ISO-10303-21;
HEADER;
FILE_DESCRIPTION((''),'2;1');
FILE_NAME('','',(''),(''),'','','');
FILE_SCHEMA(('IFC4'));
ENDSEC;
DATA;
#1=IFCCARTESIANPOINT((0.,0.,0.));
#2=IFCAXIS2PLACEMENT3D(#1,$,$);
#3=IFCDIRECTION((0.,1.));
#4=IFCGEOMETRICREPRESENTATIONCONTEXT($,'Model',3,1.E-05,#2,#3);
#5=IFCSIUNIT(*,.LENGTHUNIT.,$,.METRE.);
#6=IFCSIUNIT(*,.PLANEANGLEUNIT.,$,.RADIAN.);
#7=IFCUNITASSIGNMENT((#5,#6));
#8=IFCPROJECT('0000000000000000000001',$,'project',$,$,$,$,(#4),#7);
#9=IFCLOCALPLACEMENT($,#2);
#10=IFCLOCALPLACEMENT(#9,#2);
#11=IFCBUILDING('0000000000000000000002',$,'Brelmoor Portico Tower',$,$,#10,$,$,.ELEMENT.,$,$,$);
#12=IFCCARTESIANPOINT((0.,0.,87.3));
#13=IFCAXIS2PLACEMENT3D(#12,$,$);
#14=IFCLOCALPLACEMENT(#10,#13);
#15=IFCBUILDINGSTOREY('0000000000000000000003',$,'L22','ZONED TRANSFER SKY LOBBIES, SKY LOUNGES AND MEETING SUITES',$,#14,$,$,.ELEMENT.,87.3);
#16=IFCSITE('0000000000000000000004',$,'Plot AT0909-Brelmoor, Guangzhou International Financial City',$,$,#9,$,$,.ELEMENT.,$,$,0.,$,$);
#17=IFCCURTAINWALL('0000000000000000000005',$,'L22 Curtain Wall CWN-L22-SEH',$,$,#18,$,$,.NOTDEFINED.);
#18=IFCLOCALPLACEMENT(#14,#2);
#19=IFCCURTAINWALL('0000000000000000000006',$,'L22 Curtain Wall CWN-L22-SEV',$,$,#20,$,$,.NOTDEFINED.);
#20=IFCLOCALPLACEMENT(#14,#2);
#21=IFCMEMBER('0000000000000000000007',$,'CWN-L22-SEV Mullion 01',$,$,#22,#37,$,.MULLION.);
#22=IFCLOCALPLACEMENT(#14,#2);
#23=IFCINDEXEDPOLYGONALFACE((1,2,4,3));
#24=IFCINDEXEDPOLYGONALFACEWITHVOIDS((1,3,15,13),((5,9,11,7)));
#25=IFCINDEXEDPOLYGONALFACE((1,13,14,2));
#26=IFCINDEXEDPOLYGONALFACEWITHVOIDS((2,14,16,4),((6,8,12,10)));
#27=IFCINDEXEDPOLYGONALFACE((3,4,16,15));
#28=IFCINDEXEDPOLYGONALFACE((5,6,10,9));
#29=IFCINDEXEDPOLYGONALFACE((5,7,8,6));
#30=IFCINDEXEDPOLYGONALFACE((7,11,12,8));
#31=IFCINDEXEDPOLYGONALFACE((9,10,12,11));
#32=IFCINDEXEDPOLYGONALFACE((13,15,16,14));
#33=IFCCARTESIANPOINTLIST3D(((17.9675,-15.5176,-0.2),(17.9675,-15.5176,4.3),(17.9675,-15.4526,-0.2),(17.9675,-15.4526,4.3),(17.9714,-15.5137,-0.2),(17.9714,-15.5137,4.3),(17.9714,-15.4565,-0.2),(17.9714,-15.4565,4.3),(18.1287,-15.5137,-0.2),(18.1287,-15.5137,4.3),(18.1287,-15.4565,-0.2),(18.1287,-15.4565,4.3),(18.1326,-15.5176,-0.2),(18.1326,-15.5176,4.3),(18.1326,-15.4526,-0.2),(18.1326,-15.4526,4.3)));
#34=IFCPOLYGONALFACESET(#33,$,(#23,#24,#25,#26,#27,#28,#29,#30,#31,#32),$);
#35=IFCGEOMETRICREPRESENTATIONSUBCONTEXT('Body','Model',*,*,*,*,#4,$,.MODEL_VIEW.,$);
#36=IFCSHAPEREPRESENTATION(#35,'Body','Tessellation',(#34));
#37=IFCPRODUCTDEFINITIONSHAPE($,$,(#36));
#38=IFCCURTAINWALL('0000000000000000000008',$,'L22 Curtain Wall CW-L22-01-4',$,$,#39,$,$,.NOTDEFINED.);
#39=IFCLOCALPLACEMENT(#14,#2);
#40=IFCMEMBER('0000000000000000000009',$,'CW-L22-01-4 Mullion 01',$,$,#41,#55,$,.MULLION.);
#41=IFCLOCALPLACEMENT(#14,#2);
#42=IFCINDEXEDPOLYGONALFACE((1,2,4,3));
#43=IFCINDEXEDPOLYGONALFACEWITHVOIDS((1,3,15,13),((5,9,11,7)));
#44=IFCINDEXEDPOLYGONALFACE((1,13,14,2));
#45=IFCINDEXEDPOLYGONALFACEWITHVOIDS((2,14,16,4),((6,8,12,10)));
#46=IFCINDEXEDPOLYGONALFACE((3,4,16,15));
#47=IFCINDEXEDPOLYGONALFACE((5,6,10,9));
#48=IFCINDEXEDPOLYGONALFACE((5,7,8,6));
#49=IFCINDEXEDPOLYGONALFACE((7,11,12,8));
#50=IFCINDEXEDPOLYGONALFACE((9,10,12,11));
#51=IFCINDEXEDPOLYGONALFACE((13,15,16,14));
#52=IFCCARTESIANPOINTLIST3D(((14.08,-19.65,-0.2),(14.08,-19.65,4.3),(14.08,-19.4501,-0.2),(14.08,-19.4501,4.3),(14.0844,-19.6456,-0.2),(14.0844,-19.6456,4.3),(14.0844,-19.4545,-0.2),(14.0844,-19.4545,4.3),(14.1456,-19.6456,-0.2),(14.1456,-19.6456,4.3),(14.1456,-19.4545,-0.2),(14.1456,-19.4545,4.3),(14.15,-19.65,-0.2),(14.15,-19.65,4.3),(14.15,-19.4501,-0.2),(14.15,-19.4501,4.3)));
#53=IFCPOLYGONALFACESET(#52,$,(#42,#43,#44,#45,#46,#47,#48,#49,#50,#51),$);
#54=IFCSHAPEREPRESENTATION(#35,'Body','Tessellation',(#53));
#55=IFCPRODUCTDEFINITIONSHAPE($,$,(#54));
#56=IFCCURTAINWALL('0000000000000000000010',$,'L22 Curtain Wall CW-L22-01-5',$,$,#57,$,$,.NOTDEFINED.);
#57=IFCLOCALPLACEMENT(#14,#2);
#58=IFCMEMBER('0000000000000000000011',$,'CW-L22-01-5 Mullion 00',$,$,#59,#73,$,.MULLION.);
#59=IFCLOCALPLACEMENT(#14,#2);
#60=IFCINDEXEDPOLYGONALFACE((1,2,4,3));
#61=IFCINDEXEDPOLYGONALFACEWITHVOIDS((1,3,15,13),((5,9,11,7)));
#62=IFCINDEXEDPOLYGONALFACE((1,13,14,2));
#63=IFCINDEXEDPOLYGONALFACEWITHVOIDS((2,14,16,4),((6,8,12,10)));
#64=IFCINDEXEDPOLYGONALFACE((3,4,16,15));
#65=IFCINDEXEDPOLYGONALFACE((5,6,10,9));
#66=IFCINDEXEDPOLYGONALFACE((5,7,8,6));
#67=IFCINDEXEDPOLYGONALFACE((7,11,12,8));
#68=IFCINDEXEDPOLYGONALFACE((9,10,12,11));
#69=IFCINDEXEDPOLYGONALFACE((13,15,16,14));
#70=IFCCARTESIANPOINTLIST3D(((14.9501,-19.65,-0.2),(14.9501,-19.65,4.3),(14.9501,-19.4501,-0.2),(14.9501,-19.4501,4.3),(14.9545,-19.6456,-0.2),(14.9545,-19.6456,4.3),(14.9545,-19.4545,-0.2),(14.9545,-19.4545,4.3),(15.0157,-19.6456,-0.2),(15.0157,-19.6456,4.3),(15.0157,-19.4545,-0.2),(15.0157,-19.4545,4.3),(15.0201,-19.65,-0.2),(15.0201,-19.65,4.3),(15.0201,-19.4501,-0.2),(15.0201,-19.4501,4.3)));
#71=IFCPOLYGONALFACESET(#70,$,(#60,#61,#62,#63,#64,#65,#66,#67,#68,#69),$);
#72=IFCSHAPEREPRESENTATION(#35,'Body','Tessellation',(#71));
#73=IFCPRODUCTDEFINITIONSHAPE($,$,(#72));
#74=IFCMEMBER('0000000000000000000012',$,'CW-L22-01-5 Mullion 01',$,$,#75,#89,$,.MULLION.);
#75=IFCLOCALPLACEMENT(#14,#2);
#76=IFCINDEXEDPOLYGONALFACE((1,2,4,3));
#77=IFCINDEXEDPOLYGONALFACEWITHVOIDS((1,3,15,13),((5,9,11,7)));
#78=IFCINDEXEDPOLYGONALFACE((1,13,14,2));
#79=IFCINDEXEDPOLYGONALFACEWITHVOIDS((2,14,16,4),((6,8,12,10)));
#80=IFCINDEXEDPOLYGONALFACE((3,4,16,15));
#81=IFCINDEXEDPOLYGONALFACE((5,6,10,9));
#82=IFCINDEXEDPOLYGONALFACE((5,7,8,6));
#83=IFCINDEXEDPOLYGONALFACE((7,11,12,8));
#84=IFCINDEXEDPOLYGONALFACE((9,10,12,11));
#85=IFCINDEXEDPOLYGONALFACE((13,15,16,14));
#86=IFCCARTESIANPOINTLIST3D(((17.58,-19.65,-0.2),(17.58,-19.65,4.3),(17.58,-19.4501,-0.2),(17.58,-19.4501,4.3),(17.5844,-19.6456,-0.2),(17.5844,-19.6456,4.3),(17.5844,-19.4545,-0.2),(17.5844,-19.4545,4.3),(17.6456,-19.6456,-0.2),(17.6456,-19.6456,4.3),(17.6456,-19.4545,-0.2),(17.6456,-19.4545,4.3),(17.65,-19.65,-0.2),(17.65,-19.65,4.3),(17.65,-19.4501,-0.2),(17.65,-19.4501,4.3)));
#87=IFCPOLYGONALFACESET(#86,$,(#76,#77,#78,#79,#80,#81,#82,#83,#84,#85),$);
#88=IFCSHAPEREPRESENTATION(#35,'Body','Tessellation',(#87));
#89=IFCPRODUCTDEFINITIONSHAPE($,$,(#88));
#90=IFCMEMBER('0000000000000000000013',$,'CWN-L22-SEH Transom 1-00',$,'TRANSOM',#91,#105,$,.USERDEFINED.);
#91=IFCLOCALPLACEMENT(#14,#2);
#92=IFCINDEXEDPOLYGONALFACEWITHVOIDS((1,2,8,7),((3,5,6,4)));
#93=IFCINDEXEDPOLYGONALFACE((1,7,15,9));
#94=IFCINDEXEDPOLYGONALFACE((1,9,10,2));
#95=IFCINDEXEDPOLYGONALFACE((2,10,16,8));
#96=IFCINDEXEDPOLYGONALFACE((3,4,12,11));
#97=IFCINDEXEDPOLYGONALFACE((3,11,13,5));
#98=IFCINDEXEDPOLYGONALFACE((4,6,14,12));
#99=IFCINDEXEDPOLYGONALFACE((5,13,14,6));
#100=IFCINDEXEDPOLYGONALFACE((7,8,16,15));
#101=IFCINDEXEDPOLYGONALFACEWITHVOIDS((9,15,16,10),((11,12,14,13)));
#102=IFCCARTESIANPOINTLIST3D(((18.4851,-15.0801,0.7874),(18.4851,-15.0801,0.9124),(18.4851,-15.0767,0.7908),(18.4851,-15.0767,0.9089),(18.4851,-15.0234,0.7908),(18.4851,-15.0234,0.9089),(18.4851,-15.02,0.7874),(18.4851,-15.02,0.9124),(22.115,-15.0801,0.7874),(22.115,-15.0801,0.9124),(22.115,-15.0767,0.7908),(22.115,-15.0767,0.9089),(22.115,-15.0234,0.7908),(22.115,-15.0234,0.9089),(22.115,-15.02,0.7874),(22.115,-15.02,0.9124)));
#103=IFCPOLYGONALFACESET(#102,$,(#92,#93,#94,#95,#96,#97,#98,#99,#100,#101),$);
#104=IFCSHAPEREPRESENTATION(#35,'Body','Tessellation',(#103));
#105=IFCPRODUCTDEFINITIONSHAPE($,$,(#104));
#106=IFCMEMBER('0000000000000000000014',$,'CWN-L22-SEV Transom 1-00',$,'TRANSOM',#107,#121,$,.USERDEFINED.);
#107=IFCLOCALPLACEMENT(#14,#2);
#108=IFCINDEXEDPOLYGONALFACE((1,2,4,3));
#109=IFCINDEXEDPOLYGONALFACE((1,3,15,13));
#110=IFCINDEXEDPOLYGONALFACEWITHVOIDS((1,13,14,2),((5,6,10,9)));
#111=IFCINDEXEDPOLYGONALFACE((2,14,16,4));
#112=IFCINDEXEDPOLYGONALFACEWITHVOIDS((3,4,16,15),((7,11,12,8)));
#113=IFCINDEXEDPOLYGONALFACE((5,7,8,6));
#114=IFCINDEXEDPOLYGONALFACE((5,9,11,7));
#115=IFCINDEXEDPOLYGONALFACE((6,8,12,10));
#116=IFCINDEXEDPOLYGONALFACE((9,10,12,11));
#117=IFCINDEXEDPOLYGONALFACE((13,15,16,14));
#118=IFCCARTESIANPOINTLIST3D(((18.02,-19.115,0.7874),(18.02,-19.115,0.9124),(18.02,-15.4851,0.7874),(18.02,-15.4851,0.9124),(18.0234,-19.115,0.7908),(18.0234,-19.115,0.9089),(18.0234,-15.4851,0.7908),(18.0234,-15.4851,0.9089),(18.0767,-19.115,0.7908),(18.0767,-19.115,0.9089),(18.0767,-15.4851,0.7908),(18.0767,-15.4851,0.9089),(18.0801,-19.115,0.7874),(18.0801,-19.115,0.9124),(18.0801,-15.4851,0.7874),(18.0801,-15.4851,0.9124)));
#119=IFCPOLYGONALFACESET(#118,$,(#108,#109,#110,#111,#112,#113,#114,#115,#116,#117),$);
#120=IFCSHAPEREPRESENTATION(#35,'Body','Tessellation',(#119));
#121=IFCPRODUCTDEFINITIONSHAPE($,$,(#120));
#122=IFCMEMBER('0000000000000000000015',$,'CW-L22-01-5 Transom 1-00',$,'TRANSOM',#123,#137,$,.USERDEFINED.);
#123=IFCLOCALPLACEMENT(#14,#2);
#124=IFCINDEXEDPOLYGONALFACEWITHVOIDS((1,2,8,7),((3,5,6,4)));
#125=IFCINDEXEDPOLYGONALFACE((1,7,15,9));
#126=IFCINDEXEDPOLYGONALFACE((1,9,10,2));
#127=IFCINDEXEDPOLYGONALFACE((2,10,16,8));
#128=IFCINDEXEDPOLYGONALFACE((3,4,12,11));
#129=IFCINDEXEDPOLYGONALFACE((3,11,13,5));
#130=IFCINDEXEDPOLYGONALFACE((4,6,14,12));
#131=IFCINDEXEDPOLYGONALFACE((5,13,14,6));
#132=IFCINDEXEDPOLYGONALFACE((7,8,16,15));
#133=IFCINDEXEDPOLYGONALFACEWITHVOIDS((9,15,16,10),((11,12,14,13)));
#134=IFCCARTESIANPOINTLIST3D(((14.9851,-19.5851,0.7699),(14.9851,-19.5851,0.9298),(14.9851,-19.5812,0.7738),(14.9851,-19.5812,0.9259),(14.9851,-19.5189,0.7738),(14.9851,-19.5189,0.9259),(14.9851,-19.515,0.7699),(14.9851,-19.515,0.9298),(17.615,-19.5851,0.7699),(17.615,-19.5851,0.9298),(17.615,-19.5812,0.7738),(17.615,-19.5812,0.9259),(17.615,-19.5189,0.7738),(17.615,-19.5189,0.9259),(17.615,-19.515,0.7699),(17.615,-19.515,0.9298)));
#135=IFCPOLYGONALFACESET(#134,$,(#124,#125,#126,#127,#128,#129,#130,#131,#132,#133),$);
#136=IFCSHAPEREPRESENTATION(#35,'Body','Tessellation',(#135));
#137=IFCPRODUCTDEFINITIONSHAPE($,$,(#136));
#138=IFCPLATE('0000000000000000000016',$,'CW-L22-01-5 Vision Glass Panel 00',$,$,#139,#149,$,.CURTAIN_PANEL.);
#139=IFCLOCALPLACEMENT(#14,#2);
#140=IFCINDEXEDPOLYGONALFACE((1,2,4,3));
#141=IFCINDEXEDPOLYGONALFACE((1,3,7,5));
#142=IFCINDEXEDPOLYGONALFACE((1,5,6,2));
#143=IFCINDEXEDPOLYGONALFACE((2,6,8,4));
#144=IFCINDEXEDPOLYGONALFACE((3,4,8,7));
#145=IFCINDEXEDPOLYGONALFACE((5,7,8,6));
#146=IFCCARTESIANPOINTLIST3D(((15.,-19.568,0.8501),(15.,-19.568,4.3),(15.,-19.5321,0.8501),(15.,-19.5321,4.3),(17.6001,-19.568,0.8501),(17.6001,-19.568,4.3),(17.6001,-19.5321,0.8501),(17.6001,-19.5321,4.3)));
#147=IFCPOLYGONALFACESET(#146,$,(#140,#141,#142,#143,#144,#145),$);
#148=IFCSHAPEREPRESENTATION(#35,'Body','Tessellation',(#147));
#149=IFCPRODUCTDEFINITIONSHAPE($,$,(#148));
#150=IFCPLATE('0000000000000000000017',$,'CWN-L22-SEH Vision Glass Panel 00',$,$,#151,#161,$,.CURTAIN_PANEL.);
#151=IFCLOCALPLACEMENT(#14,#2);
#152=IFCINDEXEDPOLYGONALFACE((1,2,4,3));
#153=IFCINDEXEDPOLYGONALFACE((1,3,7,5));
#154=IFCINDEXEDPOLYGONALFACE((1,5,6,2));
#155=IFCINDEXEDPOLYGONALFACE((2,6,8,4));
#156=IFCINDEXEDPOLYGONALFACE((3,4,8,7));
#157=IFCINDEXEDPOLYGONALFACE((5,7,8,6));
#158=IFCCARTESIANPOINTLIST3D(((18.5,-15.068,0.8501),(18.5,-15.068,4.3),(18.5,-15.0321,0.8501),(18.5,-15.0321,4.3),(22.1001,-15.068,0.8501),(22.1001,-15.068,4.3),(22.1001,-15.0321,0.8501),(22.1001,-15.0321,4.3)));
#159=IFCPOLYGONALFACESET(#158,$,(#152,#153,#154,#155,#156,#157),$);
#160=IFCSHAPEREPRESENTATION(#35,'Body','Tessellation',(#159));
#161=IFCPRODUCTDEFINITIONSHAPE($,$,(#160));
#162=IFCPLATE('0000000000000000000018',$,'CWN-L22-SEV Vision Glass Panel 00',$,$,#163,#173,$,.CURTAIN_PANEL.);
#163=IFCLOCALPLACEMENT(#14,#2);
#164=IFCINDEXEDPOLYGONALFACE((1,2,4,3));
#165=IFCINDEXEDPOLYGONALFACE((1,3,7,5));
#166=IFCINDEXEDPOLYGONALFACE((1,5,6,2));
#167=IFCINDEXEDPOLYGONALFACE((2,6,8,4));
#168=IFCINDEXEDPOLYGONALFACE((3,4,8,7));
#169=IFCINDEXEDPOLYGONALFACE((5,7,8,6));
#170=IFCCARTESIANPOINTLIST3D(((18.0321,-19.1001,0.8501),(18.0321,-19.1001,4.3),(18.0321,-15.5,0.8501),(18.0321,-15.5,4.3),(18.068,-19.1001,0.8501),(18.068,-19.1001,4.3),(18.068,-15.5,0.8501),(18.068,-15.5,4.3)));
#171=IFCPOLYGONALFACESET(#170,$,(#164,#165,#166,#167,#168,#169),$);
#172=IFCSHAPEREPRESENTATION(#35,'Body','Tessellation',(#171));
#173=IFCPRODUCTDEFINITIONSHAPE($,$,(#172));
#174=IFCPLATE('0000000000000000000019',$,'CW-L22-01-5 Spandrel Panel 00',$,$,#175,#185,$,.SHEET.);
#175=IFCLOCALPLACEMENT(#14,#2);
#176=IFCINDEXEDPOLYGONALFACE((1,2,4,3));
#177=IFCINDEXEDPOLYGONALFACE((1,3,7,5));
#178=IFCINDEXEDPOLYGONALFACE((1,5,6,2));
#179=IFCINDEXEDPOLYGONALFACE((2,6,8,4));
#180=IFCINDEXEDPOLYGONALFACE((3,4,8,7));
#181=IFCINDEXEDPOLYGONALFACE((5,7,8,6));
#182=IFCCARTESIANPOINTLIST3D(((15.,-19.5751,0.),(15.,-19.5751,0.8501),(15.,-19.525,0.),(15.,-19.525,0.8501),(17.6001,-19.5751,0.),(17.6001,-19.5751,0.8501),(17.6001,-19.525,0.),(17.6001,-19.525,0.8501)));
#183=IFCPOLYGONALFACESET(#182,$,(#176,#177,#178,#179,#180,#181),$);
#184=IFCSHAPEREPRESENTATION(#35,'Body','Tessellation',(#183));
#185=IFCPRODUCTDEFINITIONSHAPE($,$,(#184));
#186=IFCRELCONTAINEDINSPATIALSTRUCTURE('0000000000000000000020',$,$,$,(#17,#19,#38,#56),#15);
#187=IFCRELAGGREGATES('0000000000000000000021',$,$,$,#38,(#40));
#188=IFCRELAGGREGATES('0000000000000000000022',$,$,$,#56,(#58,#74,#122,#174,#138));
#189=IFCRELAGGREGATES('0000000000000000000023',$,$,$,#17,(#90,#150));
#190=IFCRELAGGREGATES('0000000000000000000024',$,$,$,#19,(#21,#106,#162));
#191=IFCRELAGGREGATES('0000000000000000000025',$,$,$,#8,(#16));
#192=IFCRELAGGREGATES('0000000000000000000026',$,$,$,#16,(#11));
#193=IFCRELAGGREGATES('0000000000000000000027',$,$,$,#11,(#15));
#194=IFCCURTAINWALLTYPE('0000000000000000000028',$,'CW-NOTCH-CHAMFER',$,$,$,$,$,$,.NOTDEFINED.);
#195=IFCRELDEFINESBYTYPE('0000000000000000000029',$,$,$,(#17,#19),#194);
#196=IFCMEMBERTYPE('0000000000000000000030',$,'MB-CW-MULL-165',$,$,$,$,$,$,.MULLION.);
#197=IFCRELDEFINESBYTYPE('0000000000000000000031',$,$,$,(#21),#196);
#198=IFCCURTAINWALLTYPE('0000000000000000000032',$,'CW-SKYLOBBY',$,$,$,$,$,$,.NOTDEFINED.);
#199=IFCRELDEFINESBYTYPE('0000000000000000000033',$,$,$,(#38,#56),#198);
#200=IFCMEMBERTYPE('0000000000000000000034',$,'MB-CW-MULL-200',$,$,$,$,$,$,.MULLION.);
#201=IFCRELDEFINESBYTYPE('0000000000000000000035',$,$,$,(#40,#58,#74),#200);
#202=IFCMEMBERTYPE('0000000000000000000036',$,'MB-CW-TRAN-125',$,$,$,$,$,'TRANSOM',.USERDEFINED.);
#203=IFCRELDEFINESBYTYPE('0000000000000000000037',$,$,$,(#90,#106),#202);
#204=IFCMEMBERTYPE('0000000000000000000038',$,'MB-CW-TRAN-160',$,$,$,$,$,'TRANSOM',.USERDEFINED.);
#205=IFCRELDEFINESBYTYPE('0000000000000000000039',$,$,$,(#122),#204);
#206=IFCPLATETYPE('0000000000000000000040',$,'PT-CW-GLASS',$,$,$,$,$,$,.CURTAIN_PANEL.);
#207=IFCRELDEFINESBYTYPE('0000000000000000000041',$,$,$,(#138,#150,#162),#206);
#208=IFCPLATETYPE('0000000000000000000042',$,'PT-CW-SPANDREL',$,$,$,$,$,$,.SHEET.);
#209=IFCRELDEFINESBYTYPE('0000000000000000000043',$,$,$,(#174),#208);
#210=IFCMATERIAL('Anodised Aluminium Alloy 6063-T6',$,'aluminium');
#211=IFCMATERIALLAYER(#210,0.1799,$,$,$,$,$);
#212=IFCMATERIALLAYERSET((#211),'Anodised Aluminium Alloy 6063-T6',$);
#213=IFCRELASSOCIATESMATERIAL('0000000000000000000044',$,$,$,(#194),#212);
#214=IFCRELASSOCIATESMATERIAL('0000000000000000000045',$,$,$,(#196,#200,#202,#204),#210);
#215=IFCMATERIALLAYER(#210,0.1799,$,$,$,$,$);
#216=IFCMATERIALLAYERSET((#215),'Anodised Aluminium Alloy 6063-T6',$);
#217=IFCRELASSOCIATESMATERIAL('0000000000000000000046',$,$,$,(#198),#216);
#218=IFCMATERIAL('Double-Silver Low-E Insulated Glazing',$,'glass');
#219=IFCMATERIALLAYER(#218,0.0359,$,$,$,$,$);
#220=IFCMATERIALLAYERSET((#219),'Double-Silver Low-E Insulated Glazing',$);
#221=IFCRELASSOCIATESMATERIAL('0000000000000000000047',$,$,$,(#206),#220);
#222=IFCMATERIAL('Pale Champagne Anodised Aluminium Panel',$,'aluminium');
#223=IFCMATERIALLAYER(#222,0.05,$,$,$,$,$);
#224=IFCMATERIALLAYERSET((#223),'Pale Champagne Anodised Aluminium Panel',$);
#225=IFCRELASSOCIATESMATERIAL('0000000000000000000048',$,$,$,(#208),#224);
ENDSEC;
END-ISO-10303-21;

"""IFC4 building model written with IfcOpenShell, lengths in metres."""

from ifc_helpers import new_model, si_unit, direction, frame, origin, origin_2d, place, context, subcontext, project, spatial, rectangle, hollow_rectangle, extrude, material, layer, layer_set, material_profile, profile_set, type_object, element, aggregate, save


model = new_model("IFC4")

# Units and contexts
model_context = context("Model", 3, precision=1e-05, world=origin(), true_north=direction((0.0, 1.0)))
body_context = subcontext(model_context, "Body", "Model", "MODEL_VIEW")
ifc_project = project(units=[si_unit("LENGTHUNIT", "METRE"), si_unit("PLANEANGLEUNIT", "RADIAN")], contexts=[model_context])

# Site, building, storey
site_placement = place(None, origin())
site = spatial("IfcSite", under=ifc_project, at=site_placement, Name="Plot AT0909-Brelmoor, Guangzhou International Financial City", CompositionType="ELEMENT", RefElevation=0.0)
building_placement = place(site_placement, origin())
building = spatial("IfcBuilding", under=site, at=building_placement, Name="Brelmoor Portico Tower", CompositionType="ELEMENT")
storey_placement = place(building_placement, frame((0.0, 0.0, 87.3)))
storey = spatial("IfcBuildingStorey", under=building, at=storey_placement, Name="L22", Description="ZONED TRANSFER SKY LOBBIES, SKY LOUNGES AND MEETING SUITES", CompositionType="ELEMENT", Elevation=87.3)

# Curtain walls, member
ifc_material_1 = material(Name="Anodised Aluminium Alloy 6063-T6", Category="aluminium")
ifc_layer_1 = layer(ifc_material_1, 0.1799)
ifc_layer_set_1 = layer_set([ifc_layer_1], Name="Anodised Aluminium Alloy 6063-T6")
curtain_wall_type_1 = type_object("IfcCurtainWallType", Name="CW-NOTCH-CHAMFER", PredefinedType="NOTDEFINED", material=ifc_layer_set_1)
curtain_wall_1_placement = place(storey_placement, origin())
curtain_wall_1 = element("IfcCurtainWall", 1, at=curtain_wall_1_placement, inside=storey, type_object=curtain_wall_type_1, Name="L22 Curtain Wall CWN-L22-SEH", PredefinedType="NOTDEFINED")
ifc_material_profile_1 = material_profile(ifc_material_1, hollow_rectangle(XDim=0.0649, YDim=0.165, WallThickness=0.0039, at=origin_2d()), Name="ALU MULLION 65x165")
ifc_profile_set_1 = profile_set([ifc_material_profile_1], Name="Anodised Aluminium Alloy 6063-T6")
member_type_1 = type_object("IfcMemberType", Name="MB-CW-MULL-165", PredefinedType="MULLION", material=ifc_profile_set_1)
curtain_wall_2_placement = place(storey_placement, origin())
curtain_wall_2 = element("IfcCurtainWall", 2, at=curtain_wall_2_placement, inside=storey, type_object=curtain_wall_type_1, Name="L22 Curtain Wall CWN-L22-SEV", PredefinedType="NOTDEFINED")
member_1_placement = place(storey_placement, frame((18.05, -15.4851, -0.2), z_axis=(0.0, 0.0, 1.0), x_axis=(0.0, 1.0, 0.0)))
member_1 = element("IfcMember", 3, at=member_1_placement, type_object=member_type_1, Name="CWN-L22-SEV Mullion 01", PredefinedType="MULLION", context=body_context, shape_type="SweptSolid", body=[
    extrude(hollow_rectangle(XDim=0.0649, YDim=0.165, WallThickness=0.0039, at=origin_2d()), origin(), (0.0, 0.0, 1.0), 4.5),
])

# Curtain wall, member
ifc_layer_2 = layer(ifc_material_1, 0.1799)
ifc_layer_set_2 = layer_set([ifc_layer_2], Name="Anodised Aluminium Alloy 6063-T6")
curtain_wall_type_2 = type_object("IfcCurtainWallType", Name="CW-SKYLOBBY", PredefinedType="NOTDEFINED", material=ifc_layer_set_2)
curtain_wall_3_placement = place(storey_placement, origin())
curtain_wall_3 = element("IfcCurtainWall", 4, at=curtain_wall_3_placement, inside=storey, type_object=curtain_wall_type_2, Name="L22 Curtain Wall CW-L22-01-4", PredefinedType="NOTDEFINED")
ifc_material_profile_2 = material_profile(ifc_material_1, hollow_rectangle(XDim=0.0701, YDim=0.2, WallThickness=0.0044, at=origin_2d()), Name="ALU MULLION 70x200")
ifc_profile_set_2 = profile_set([ifc_material_profile_2], Name="Anodised Aluminium Alloy 6063-T6")
member_type_2 = type_object("IfcMemberType", Name="MB-CW-MULL-200", PredefinedType="MULLION", material=ifc_profile_set_2)
member_2_placement = place(storey_placement, frame((14.115, -19.55, -0.2), z_axis=(0.0, 0.0, 1.0), x_axis=(1.0, 0.0, 0.0)))
member_2 = element("IfcMember", 5, at=member_2_placement, type_object=member_type_2, Name="CW-L22-01-4 Mullion 01", PredefinedType="MULLION", context=body_context, shape_type="SweptSolid", body=[
    extrude(hollow_rectangle(XDim=0.0701, YDim=0.2, WallThickness=0.0044, at=origin_2d()), origin(), (0.0, 0.0, 1.0), 4.5),
])
aggregate(curtain_wall_3, [member_2])

# Curtain wall, members
curtain_wall_4_placement = place(storey_placement, origin())
curtain_wall_4 = element("IfcCurtainWall", 6, at=curtain_wall_4_placement, inside=storey, type_object=curtain_wall_type_2, Name="L22 Curtain Wall CW-L22-01-5", PredefinedType="NOTDEFINED")
member_3_placement = place(storey_placement, frame((14.9851, -19.55, -0.2), z_axis=(0.0, 0.0, 1.0), x_axis=(1.0, 0.0, 0.0)))
member_3 = element("IfcMember", 7, at=member_3_placement, type_object=member_type_2, Name="CW-L22-01-5 Mullion 00", PredefinedType="MULLION", context=body_context, shape_type="SweptSolid", body=[
    extrude(hollow_rectangle(XDim=0.0701, YDim=0.2, WallThickness=0.0044, at=origin_2d()), origin(), (0.0, 0.0, 1.0), 4.5),
])
member_4_placement = place(storey_placement, frame((17.615, -19.55, -0.2), z_axis=(0.0, 0.0, 1.0), x_axis=(1.0, 0.0, 0.0)))
member_4 = element("IfcMember", 8, at=member_4_placement, type_object=member_type_2, Name="CW-L22-01-5 Mullion 01", PredefinedType="MULLION", context=body_context, shape_type="SweptSolid", body=[
    extrude(hollow_rectangle(XDim=0.0701, YDim=0.2, WallThickness=0.0044, at=origin_2d()), origin(), (0.0, 0.0, 1.0), 4.5),
])

# Members
ifc_material_profile_3 = material_profile(ifc_material_1, hollow_rectangle(XDim=0.0601, YDim=0.125, WallThickness=0.0034, at=origin_2d()), Name="ALU TRANSOM 60x125")
ifc_profile_set_3 = profile_set([ifc_material_profile_3], Name="Anodised Aluminium Alloy 6063-T6")
member_type_3 = type_object("IfcMemberType", Name="MB-CW-TRAN-125", ElementType="TRANSOM", PredefinedType="USERDEFINED", material=ifc_profile_set_3)
member_5_placement = place(storey_placement, frame((18.4851, -15.05, 0.8499), z_axis=(1.0, 0.0, 0.0), x_axis=(0.0, 1.0, 0.0)))
member_5 = element("IfcMember", 9, at=member_5_placement, type_object=member_type_3, Name="CWN-L22-SEH Transom 1-00", ObjectType="TRANSOM", PredefinedType="USERDEFINED", context=body_context, shape_type="SweptSolid", body=[
    extrude(hollow_rectangle(XDim=0.0601, YDim=0.125, WallThickness=0.0034, at=origin_2d()), origin(), (0.0, 0.0, 1.0), 3.6299),
])
member_6_placement = place(storey_placement, frame((18.05, -19.115, 0.8499), z_axis=(0.0, 1.0, 0.0), x_axis=(-1.0, 0.0, 0.0)))
member_6 = element("IfcMember", 10, at=member_6_placement, type_object=member_type_3, Name="CWN-L22-SEV Transom 1-00", ObjectType="TRANSOM", PredefinedType="USERDEFINED", context=body_context, shape_type="SweptSolid", body=[
    extrude(hollow_rectangle(XDim=0.0601, YDim=0.125, WallThickness=0.0034, at=origin_2d()), origin(), (0.0, 0.0, 1.0), 3.6299),
])
ifc_material_profile_4 = material_profile(ifc_material_1, hollow_rectangle(XDim=0.0701, YDim=0.1599, WallThickness=0.0039, at=origin_2d()), Name="ALU TRANSOM 70x160")
ifc_profile_set_4 = profile_set([ifc_material_profile_4], Name="Anodised Aluminium Alloy 6063-T6")
member_type_4 = type_object("IfcMemberType", Name="MB-CW-TRAN-160", ElementType="TRANSOM", PredefinedType="USERDEFINED", material=ifc_profile_set_4)
member_7_placement = place(storey_placement, frame((14.9851, -19.55, 0.8499), z_axis=(1.0, 0.0, 0.0), x_axis=(0.0, 1.0, 0.0)))
member_7 = element("IfcMember", 11, at=member_7_placement, type_object=member_type_4, Name="CW-L22-01-5 Transom 1-00", ObjectType="TRANSOM", PredefinedType="USERDEFINED", context=body_context, shape_type="SweptSolid", body=[
    extrude(hollow_rectangle(XDim=0.0701, YDim=0.1599, WallThickness=0.0039, at=origin_2d()), origin(), (0.0, 0.0, 1.0), 2.6299),
])

# Plates
ifc_material_2 = material(Name="Double-Silver Low-E Insulated Glazing", Category="glass")
ifc_layer_3 = layer(ifc_material_2, 0.0359)
ifc_layer_set_3 = layer_set([ifc_layer_3], Name="Double-Silver Low-E Insulated Glazing")
plate_type_1 = type_object("IfcPlateType", Name="PT-CW-GLASS", PredefinedType="CURTAIN_PANEL", material=ifc_layer_set_3)
plate_1_placement = place(storey_placement, frame((16.3, -19.55, 0.8501), z_axis=(0.0, 0.0, 1.0), x_axis=(1.0, 0.0, 0.0)))
plate_1 = element("IfcPlate", 12, at=plate_1_placement, type_object=plate_type_1, Name="CW-L22-01-5 Vision Glass Panel 00", PredefinedType="CURTAIN_PANEL", context=body_context, shape_type="SweptSolid", body=[
    extrude(rectangle(XDim=2.6001, YDim=0.0359, at=origin_2d()), origin(), (0.0, 0.0, 1.0), 3.45),
])
plate_2_placement = place(storey_placement, frame((20.3, -15.05, 0.8501), z_axis=(0.0, 0.0, 1.0), x_axis=(1.0, 0.0, 0.0)))
plate_2 = element("IfcPlate", 13, at=plate_2_placement, type_object=plate_type_1, Name="CWN-L22-SEH Vision Glass Panel 00", PredefinedType="CURTAIN_PANEL", context=body_context, shape_type="SweptSolid", body=[
    extrude(rectangle(XDim=3.6001, YDim=0.0359, at=origin_2d()), origin(), (0.0, 0.0, 1.0), 3.45),
])
plate_3_placement = place(storey_placement, frame((18.05, -17.3, 0.8501), z_axis=(0.0, 0.0, 1.0), x_axis=(0.0, 1.0, 0.0)))
plate_3 = element("IfcPlate", 14, at=plate_3_placement, type_object=plate_type_1, Name="CWN-L22-SEV Vision Glass Panel 00", PredefinedType="CURTAIN_PANEL", context=body_context, shape_type="SweptSolid", body=[
    extrude(rectangle(XDim=3.6001, YDim=0.0359, at=origin_2d()), origin(), (0.0, 0.0, 1.0), 3.45),
])
ifc_material_3 = material(Name="Pale Champagne Anodised Aluminium Panel", Category="aluminium")
ifc_layer_4 = layer(ifc_material_3, 0.05)
ifc_layer_set_4 = layer_set([ifc_layer_4], Name="Pale Champagne Anodised Aluminium Panel")
plate_type_2 = type_object("IfcPlateType", Name="PT-CW-SPANDREL", PredefinedType="SHEET", material=ifc_layer_set_4)
plate_4_placement = place(storey_placement, frame((16.3, -19.55, 0.0), z_axis=(0.0, 0.0, 1.0), x_axis=(1.0, 0.0, 0.0)))
plate_4 = element("IfcPlate", 15, at=plate_4_placement, type_object=plate_type_2, Name="CW-L22-01-5 Spandrel Panel 00", PredefinedType="SHEET", context=body_context, shape_type="SweptSolid", body=[
    extrude(rectangle(XDim=2.6001, YDim=0.05, at=origin_2d()), origin(), (0.0, 0.0, 1.0), 0.8501),
])
aggregate(curtain_wall_4, [member_3, member_4, member_7, plate_4, plate_1])
aggregate(curtain_wall_1, [member_5, plate_2])
aggregate(curtain_wall_2, [member_1, member_6, plate_3])

save(model, "model.ifc")
